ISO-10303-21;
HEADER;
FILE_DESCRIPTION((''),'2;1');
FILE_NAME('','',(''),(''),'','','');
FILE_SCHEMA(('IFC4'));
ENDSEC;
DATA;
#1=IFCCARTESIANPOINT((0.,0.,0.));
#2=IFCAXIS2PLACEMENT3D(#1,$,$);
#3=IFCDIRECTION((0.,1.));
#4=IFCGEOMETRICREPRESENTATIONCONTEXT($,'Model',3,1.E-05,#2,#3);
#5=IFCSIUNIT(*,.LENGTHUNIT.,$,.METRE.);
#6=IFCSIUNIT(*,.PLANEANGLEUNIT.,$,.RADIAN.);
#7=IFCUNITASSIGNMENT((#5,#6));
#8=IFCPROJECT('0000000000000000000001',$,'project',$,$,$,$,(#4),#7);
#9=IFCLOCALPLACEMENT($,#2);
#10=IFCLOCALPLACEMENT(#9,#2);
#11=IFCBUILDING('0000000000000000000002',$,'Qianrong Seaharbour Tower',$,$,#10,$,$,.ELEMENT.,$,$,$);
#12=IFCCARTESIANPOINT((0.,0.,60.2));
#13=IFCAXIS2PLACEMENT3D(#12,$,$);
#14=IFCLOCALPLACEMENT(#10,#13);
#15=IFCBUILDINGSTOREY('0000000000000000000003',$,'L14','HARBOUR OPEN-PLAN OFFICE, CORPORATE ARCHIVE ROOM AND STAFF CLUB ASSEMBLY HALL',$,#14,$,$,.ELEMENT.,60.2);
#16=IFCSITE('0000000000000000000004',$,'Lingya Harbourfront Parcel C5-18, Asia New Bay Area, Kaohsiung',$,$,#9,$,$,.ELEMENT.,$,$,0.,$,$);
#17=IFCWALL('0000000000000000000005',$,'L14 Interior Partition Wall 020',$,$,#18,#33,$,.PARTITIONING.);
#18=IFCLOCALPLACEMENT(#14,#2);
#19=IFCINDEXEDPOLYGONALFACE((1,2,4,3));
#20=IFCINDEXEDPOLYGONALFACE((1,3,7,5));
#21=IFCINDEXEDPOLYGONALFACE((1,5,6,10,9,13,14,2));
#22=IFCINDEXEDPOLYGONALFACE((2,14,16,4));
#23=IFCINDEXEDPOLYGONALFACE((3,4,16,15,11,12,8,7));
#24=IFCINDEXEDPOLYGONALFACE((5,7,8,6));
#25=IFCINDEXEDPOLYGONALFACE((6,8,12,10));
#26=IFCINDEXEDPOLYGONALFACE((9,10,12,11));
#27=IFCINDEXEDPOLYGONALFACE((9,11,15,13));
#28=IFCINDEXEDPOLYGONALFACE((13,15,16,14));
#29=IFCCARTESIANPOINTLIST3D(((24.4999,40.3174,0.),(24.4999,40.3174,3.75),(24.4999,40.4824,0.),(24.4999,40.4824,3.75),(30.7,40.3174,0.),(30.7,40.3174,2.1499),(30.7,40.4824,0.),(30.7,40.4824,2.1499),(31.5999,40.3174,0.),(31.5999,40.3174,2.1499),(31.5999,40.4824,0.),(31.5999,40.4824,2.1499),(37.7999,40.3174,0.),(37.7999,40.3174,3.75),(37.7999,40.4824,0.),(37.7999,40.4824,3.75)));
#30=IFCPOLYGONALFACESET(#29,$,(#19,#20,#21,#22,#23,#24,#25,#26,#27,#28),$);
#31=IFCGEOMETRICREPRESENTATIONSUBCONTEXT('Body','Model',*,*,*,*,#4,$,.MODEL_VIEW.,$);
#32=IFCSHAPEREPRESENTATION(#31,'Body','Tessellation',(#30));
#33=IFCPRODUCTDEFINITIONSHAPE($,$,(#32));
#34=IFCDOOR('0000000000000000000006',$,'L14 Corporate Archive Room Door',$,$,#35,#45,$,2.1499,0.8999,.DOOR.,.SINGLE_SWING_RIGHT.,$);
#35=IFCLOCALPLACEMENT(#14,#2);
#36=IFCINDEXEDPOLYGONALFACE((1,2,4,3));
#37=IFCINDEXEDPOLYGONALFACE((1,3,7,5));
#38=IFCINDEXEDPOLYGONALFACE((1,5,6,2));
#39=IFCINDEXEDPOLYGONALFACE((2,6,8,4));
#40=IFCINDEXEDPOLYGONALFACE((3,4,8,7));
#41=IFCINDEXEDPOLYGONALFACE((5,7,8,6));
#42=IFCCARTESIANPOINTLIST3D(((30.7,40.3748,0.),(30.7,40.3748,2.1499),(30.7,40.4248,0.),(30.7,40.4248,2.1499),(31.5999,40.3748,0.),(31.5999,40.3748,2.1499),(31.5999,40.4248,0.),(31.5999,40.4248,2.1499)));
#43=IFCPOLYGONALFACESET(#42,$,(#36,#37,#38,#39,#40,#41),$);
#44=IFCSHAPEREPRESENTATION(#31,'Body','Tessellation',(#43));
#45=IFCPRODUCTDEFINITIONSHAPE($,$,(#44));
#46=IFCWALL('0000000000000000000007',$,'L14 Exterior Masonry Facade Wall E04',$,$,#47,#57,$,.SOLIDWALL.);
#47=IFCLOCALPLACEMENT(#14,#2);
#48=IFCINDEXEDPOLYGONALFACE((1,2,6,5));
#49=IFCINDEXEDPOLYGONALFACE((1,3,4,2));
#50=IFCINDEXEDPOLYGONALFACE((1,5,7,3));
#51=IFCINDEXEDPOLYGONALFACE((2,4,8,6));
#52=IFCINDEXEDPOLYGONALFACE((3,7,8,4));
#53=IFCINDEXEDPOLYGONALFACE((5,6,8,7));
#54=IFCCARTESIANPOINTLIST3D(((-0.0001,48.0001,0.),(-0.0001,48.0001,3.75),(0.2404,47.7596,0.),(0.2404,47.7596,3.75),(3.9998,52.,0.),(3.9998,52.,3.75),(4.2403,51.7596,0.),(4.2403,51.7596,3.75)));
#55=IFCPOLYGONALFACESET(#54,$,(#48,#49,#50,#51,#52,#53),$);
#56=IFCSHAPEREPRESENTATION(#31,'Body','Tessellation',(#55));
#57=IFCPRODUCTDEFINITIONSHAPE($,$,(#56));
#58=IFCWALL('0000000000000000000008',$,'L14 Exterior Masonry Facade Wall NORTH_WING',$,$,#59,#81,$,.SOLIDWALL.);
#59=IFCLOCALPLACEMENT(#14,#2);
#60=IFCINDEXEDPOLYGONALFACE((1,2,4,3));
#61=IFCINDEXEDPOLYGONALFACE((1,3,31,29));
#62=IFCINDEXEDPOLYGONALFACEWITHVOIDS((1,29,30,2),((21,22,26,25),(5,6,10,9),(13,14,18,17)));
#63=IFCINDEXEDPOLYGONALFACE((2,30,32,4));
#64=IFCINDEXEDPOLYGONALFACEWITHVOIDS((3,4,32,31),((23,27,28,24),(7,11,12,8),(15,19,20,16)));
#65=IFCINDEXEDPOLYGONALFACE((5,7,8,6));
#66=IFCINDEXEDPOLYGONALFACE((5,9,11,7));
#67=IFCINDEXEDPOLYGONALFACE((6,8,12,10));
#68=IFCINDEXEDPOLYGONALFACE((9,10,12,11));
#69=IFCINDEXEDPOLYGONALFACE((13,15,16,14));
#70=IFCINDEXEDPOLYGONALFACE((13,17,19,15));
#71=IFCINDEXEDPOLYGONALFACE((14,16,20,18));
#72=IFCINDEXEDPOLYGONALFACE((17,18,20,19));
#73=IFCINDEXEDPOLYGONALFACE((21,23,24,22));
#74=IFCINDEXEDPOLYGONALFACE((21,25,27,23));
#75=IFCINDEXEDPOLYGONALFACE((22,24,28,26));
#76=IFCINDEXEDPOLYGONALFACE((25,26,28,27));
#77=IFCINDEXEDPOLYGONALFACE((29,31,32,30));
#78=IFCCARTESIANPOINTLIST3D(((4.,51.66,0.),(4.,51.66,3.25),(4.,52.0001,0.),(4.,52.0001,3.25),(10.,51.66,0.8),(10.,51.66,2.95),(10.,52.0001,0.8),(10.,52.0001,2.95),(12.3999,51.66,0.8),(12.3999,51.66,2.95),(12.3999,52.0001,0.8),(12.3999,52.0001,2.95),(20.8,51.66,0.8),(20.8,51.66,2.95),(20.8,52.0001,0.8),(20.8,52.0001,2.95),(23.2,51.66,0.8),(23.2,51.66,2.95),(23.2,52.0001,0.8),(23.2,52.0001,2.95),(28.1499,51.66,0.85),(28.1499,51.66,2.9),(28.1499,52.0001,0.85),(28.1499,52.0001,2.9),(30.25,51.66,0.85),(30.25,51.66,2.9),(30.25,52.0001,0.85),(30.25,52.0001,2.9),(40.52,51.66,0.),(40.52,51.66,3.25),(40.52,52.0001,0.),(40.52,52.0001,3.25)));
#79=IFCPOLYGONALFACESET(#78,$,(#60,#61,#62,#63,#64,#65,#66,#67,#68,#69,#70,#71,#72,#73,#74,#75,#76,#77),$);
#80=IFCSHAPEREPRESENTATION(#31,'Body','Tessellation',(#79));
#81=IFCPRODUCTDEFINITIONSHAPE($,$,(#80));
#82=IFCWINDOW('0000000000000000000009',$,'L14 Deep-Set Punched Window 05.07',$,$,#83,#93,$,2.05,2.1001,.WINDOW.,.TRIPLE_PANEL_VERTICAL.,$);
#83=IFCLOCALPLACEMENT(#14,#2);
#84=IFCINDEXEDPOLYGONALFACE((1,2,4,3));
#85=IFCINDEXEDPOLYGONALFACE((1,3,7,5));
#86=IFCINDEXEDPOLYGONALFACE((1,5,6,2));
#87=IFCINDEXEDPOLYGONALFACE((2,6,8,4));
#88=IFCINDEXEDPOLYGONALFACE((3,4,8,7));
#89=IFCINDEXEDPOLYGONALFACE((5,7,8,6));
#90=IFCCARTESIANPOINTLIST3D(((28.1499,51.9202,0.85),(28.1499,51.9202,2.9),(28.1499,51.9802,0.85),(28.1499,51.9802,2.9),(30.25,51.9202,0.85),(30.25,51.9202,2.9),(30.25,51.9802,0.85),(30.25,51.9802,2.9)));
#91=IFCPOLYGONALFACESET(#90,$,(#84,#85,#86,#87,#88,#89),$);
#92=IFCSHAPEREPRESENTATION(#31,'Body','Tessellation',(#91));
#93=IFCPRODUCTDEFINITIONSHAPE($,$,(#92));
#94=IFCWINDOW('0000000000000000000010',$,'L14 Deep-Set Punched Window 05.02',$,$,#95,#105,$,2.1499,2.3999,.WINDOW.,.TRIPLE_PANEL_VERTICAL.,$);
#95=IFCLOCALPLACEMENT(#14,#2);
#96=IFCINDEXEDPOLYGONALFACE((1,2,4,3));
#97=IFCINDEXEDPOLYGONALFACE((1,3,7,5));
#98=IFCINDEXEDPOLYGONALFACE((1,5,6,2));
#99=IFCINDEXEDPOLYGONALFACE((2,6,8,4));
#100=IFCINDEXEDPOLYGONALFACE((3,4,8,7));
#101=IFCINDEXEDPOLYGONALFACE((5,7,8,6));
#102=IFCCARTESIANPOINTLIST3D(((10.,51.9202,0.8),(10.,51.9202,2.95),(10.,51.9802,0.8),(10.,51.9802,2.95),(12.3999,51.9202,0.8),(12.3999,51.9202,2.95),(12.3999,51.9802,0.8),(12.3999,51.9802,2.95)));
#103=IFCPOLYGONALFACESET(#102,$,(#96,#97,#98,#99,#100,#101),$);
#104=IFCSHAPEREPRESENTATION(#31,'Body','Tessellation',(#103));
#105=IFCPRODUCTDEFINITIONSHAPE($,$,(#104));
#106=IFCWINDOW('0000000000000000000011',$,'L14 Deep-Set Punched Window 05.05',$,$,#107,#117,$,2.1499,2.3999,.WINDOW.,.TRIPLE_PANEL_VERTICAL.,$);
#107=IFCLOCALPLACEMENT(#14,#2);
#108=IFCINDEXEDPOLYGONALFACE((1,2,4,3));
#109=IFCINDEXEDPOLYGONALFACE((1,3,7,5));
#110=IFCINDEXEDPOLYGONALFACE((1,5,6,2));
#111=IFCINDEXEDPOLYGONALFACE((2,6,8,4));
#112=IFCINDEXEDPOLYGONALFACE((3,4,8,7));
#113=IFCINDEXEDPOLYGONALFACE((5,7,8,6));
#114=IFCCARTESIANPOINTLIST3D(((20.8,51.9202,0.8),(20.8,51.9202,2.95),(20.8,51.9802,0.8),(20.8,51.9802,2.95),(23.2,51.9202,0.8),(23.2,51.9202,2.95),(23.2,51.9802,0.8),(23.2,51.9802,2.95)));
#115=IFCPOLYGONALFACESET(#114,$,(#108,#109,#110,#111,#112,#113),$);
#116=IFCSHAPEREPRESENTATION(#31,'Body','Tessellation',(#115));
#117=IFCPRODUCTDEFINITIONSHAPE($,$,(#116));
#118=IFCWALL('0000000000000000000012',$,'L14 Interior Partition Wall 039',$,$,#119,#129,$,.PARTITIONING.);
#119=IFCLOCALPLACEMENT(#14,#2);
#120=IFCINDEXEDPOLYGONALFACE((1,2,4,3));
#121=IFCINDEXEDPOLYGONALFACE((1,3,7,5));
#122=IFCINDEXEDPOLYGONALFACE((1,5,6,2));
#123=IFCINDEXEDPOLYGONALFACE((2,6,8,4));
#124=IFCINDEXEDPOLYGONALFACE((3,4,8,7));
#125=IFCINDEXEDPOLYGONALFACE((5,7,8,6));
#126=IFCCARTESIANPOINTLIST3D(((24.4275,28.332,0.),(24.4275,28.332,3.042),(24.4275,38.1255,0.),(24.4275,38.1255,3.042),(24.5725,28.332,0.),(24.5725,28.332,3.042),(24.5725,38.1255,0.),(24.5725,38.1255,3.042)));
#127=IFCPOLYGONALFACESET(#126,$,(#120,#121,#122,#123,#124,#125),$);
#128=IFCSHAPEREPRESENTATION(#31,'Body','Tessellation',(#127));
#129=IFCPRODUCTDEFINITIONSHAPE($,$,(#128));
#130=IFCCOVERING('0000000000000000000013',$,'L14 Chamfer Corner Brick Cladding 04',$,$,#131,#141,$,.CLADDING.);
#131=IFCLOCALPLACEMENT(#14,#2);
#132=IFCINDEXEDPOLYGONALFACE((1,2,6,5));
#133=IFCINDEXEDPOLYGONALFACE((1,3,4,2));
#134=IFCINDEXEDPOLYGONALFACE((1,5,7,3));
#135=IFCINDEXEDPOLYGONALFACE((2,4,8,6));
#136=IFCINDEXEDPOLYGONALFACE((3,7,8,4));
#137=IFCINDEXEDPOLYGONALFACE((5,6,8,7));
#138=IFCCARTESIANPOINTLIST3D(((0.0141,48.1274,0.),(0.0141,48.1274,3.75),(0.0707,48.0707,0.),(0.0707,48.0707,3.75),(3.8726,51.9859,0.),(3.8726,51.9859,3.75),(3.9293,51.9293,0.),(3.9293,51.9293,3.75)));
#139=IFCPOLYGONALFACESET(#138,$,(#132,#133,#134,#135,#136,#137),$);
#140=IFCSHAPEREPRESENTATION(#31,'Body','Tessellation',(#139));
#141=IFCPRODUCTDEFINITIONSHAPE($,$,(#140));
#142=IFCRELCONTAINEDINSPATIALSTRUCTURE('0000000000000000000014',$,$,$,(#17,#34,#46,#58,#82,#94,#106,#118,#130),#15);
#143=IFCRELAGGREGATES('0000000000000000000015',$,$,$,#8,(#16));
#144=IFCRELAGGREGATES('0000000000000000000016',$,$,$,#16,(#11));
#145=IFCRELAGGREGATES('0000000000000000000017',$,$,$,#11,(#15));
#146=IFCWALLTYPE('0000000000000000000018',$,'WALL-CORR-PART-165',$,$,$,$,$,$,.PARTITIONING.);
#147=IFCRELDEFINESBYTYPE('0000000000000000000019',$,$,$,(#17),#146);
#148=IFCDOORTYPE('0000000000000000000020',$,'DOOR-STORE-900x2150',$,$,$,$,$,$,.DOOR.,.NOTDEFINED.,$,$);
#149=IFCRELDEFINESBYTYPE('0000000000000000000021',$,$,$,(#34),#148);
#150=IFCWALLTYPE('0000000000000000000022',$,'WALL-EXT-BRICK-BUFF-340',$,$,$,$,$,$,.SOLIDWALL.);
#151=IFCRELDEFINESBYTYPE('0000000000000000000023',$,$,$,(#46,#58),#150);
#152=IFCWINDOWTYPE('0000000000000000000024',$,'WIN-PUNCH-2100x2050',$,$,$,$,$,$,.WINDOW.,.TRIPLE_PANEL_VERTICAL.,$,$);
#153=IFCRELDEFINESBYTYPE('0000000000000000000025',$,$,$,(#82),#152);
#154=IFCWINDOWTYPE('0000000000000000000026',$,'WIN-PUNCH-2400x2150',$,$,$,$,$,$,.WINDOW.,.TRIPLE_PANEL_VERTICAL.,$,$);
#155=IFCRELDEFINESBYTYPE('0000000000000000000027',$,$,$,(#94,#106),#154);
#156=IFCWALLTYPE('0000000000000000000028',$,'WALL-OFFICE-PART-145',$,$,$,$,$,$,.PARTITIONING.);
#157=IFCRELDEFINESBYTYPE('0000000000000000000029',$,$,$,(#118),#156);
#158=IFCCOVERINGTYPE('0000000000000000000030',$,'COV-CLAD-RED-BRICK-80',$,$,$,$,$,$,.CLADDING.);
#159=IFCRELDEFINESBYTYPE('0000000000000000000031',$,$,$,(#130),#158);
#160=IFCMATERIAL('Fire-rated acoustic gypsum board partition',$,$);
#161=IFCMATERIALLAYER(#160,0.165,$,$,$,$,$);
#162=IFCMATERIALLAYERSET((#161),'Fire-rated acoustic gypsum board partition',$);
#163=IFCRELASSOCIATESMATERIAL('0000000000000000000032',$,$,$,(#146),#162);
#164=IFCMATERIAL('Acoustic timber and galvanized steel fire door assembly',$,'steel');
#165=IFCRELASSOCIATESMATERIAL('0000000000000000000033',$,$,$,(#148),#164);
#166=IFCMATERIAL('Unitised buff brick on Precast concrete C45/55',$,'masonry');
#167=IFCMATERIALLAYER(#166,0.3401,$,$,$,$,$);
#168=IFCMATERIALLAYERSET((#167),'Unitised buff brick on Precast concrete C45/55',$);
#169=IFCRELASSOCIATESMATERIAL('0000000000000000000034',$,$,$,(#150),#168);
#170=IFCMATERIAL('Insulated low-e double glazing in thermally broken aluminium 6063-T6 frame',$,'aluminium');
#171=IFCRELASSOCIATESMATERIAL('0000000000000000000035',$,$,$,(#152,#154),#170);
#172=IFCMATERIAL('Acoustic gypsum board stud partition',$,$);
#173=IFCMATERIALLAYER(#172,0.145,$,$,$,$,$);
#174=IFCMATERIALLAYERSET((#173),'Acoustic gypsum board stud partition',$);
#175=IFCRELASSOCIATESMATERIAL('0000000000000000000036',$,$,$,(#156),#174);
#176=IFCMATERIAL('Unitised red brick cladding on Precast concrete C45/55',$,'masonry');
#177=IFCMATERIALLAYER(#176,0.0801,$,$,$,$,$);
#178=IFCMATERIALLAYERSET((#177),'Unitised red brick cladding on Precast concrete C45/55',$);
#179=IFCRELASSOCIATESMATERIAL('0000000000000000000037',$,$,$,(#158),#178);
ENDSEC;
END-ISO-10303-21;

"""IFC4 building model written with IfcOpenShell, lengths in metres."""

from ifc_helpers import new_model, si_unit, direction, frame, frame_2d, origin, origin_2d, place, context, subcontext, project, spatial, rectangle, extrude, material, layer, layer_set, type_object, element, fill, save


model = new_model("IFC4")

# Units and contexts
model_context = context("Model", 3, precision=1e-05, world=origin(), true_north=direction((0.0, 1.0)))
body_context = subcontext(model_context, "Body", "Model", "MODEL_VIEW")
ifc_project = project(units=[si_unit("LENGTHUNIT", "METRE"), si_unit("PLANEANGLEUNIT", "RADIAN")], contexts=[model_context])

# Site, building, storey
site_placement = place(None, origin())
site = spatial("IfcSite", under=ifc_project, at=site_placement, Name="Lingya Harbourfront Parcel C5-18, Asia New Bay Area, Kaohsiung", CompositionType="ELEMENT", RefElevation=0.0)
building_placement = place(site_placement, origin())
building = spatial("IfcBuilding", under=site, at=building_placement, Name="Qianrong Seaharbour Tower", CompositionType="ELEMENT")
storey_placement = place(building_placement, frame((0.0, 0.0, 60.2)))
storey = spatial("IfcBuildingStorey", under=building, at=storey_placement, Name="L14", Description="HARBOUR OPEN-PLAN OFFICE, CORPORATE ARCHIVE ROOM AND STAFF CLUB ASSEMBLY HALL", CompositionType="ELEMENT", Elevation=60.2)

# Shared definitions
ifc_material_1 = material(Name="Fire-rated acoustic gypsum board partition")
ifc_layer_1 = layer(ifc_material_1, 0.165)
ifc_layer_set_1 = layer_set([ifc_layer_1], Name="Fire-rated acoustic gypsum board partition")
wall_type_1 = type_object("IfcWallType", Name="WALL-CORR-PART-165", PredefinedType="PARTITIONING", material=ifc_layer_set_1)
ifc_material_2 = material(Name="Acoustic timber and galvanized steel fire door assembly", Category="steel")

# Wall, opening, door
wall_1_placement = place(storey_placement, frame((24.5, 40.3999, 0.0), z_axis=(0.0, 0.0, 1.0), x_axis=(1.0, 0.0, 0.0)))
wall_1 = element("IfcWall", 1, at=wall_1_placement, inside=storey, type_object=wall_type_1, Name="L14 Interior Partition Wall 020", PredefinedType="PARTITIONING", context=body_context, shape_type="SweptSolid", body=[
    extrude(rectangle(XDim=13.3, YDim=0.165, at=frame_2d((6.6499, 0.0))), origin(), (0.0, 0.0, 1.0), 3.75),
])
opening_1_placement = place(wall_1_placement, frame((6.2, 0.0, 0.0)))
opening_1 = element("IfcOpeningElement", 2, at=opening_1_placement, cuts=wall_1, PredefinedType="OPENING", context=body_context, shape_type="SweptSolid", body=[
    extrude(rectangle(XDim=0.8999, YDim=2.1499, at=frame_2d((0.45, 1.075))), frame((0.0, 0.0925, 0.0), z_axis=(0.0, -1.0, 0.0), x_axis=(1.0, 0.0, 0.0)), (0.0, 0.0, 1.0), 0.1851),
])
door_type_1 = type_object("IfcDoorType", Name="DOOR-STORE-900x2150", OperationType="NOTDEFINED", PredefinedType="DOOR", material=ifc_material_2)
door_1_placement = place(opening_1_placement, origin())
door_1 = element("IfcDoor", 3, at=door_1_placement, inside=storey, type_object=door_type_1, Name="L14 Corporate Archive Room Door", OperationType="SINGLE_SWING_RIGHT", OverallHeight=2.1499, OverallWidth=0.8999, PredefinedType="DOOR", context=body_context, shape_type="SweptSolid", body=[
    extrude(rectangle(XDim=0.8999, YDim=2.1499, at=frame_2d((0.45, 1.075))), frame((0.0, 0.0249, 0.0), z_axis=(0.0, -1.0, 0.0), x_axis=(1.0, 0.0, 0.0)), (0.0, 0.0, 1.0), 0.05),
])
fill(opening_1, door_1)

# Wall
ifc_material_3 = material(Name="Unitised buff brick on Precast concrete C45/55", Category="masonry")
ifc_layer_2 = layer(ifc_material_3, 0.3401)
ifc_layer_set_2 = layer_set([ifc_layer_2], Name="Unitised buff brick on Precast concrete C45/55")
wall_type_2 = type_object("IfcWallType", Name="WALL-EXT-BRICK-BUFF-340", PredefinedType="SOLIDWALL", material=ifc_layer_set_2)
wall_2_placement = place(storey_placement, frame((0.1201, 47.8799, 0.0), z_axis=(0.0, 0.0, 1.0), x_axis=(0.707107, 0.707107, 0.0)))
element("IfcWall", 4, at=wall_2_placement, inside=storey, type_object=wall_type_2, Name="L14 Exterior Masonry Facade Wall E04", PredefinedType="SOLIDWALL", context=body_context, shape_type="SweptSolid", body=[
    extrude(rectangle(XDim=5.6567, YDim=0.3401, at=frame_2d((2.8284, 0.0))), origin(), (0.0, 0.0, 1.0), 3.75),
])

# Wall, openings, windows
wall_3_placement = place(storey_placement, frame((4.0, 51.8301, 0.0), z_axis=(0.0, 0.0, 1.0), x_axis=(1.0, 0.0, 0.0)))
wall_3 = element("IfcWall", 5, at=wall_3_placement, inside=storey, type_object=wall_type_2, Name="L14 Exterior Masonry Facade Wall NORTH_WING", PredefinedType="SOLIDWALL", context=body_context, shape_type="SweptSolid", body=[
    extrude(rectangle(XDim=36.52, YDim=0.3401, at=frame_2d((18.26, 0.0))), origin(), (0.0, 0.0, 1.0), 3.25),
])
opening_2_placement = place(wall_3_placement, frame((6.0, 0.0, 0.8)))
opening_2 = element("IfcOpeningElement", 6, at=opening_2_placement, cuts=wall_3, PredefinedType="OPENING", context=body_context, shape_type="SweptSolid", body=[
    extrude(rectangle(XDim=2.3999, YDim=2.1499, at=frame_2d((1.2, 1.075))), frame((0.0, 0.1802, 0.0), z_axis=(0.0, -1.0, 0.0), x_axis=(1.0, 0.0, 0.0)), (0.0, 0.0, 1.0), 0.3601),
])
opening_3_placement = place(wall_3_placement, frame((16.8, 0.0, 0.8)))
opening_3 = element("IfcOpeningElement", 7, at=opening_3_placement, cuts=wall_3, PredefinedType="OPENING", context=body_context, shape_type="SweptSolid", body=[
    extrude(rectangle(XDim=2.3999, YDim=2.1499, at=frame_2d((1.2, 1.075))), frame((0.0, 0.1802, 0.0), z_axis=(0.0, -1.0, 0.0), x_axis=(1.0, 0.0, 0.0)), (0.0, 0.0, 1.0), 0.3601),
])
opening_4_placement = place(wall_3_placement, frame((24.1499, 0.0, 0.8501)))
opening_4 = element("IfcOpeningElement", 8, at=opening_4_placement, cuts=wall_3, PredefinedType="OPENING", context=body_context, shape_type="SweptSolid", body=[
    extrude(rectangle(XDim=2.1001, YDim=2.05, at=frame_2d((1.05, 1.0249))), frame((0.0, 0.1802, 0.0), z_axis=(0.0, -1.0, 0.0), x_axis=(1.0, 0.0, 0.0)), (0.0, 0.0, 1.0), 0.3601),
])
ifc_material_4 = material(Name="Insulated low-e double glazing in thermally broken aluminium 6063-T6 frame", Category="aluminium")
window_type_1 = type_object("IfcWindowType", Name="WIN-PUNCH-2100x2050", PartitioningType="TRIPLE_PANEL_VERTICAL", PredefinedType="WINDOW", material=ifc_material_4)
window_1_placement = place(opening_4_placement, origin())
window_1 = element("IfcWindow", 9, at=window_1_placement, inside=storey, type_object=window_type_1, Name="L14 Deep-Set Punched Window 05.07", OverallHeight=2.05, OverallWidth=2.1001, PartitioningType="TRIPLE_PANEL_VERTICAL", PredefinedType="WINDOW", context=body_context, shape_type="SweptSolid", body=[
    extrude(rectangle(XDim=2.1001, YDim=2.05, at=frame_2d((1.05, 1.0249))), frame((0.0, 0.1501, 0.0), z_axis=(0.0, -1.0, 0.0), x_axis=(1.0, 0.0, 0.0)), (0.0, 0.0, 1.0), 0.0601),
])
fill(opening_4, window_1)
window_type_2 = type_object("IfcWindowType", Name="WIN-PUNCH-2400x2150", PartitioningType="TRIPLE_PANEL_VERTICAL", PredefinedType="WINDOW", material=ifc_material_4)
window_2_placement = place(opening_2_placement, origin())
window_2 = element("IfcWindow", 10, at=window_2_placement, inside=storey, type_object=window_type_2, Name="L14 Deep-Set Punched Window 05.02", OverallHeight=2.1499, OverallWidth=2.3999, PartitioningType="TRIPLE_PANEL_VERTICAL", PredefinedType="WINDOW", context=body_context, shape_type="SweptSolid", body=[
    extrude(rectangle(XDim=2.3999, YDim=2.1499, at=frame_2d((1.2, 1.075))), frame((0.0, 0.1501, 0.0), z_axis=(0.0, -1.0, 0.0), x_axis=(1.0, 0.0, 0.0)), (0.0, 0.0, 1.0), 0.0601),
])
fill(opening_2, window_2)
window_3_placement = place(opening_3_placement, origin())
window_3 = element("IfcWindow", 11, at=window_3_placement, inside=storey, type_object=window_type_2, Name="L14 Deep-Set Punched Window 05.05", OverallHeight=2.1499, OverallWidth=2.3999, PartitioningType="TRIPLE_PANEL_VERTICAL", PredefinedType="WINDOW", context=body_context, shape_type="SweptSolid", body=[
    extrude(rectangle(XDim=2.3999, YDim=2.1499, at=frame_2d((1.2, 1.075))), frame((0.0, 0.1501, 0.0), z_axis=(0.0, -1.0, 0.0), x_axis=(1.0, 0.0, 0.0)), (0.0, 0.0, 1.0), 0.0601),
])
fill(opening_3, window_3)

# Wall
ifc_material_5 = material(Name="Acoustic gypsum board stud partition")
ifc_layer_3 = layer(ifc_material_5, 0.145)
ifc_layer_set_3 = layer_set([ifc_layer_3], Name="Acoustic gypsum board stud partition")
wall_type_3 = type_object("IfcWallType", Name="WALL-OFFICE-PART-145", PredefinedType="PARTITIONING", material=ifc_layer_set_3)
wall_4_placement = place(storey_placement, frame((24.5, 38.1255, 0.0), z_axis=(0.0, 0.0, 1.0), x_axis=(0.0, -1.0, 0.0)))
element("IfcWall", 12, at=wall_4_placement, inside=storey, type_object=wall_type_3, Name="L14 Interior Partition Wall 039", PredefinedType="PARTITIONING", context=body_context, shape_type="SweptSolid", body=[
    extrude(rectangle(XDim=9.7935, YDim=0.145, at=frame_2d((4.8967, 0.0))), origin(), (0.0, 0.0, 1.0), 3.042),
])

# Covering
ifc_material_6 = material(Name="Unitised red brick cladding on Precast concrete C45/55", Category="masonry")
ifc_layer_4 = layer(ifc_material_6, 0.0801)
ifc_layer_set_4 = layer_set([ifc_layer_4], Name="Unitised red brick cladding on Precast concrete C45/55")
covering_type = type_object("IfcCoveringType", Name="COV-CLAD-RED-BRICK-80", PredefinedType="CLADDING", material=ifc_layer_set_4)
covering_placement = place(storey_placement, frame((1.9717, 50.0283, 0.0), z_axis=(0.0, 0.0, 1.0), x_axis=(0.707107, 0.707107, 0.0)))
element("IfcCovering", 13, at=covering_placement, inside=storey, type_object=covering_type, Name="L14 Chamfer Corner Brick Cladding 04", PredefinedType="CLADDING", context=body_context, shape_type="SweptSolid", body=[
    extrude(rectangle(XDim=5.4568, YDim=0.0801, at=origin_2d()), origin(), (0.0, 0.0, 1.0), 3.75),
])

save(model, "model.ifc")
